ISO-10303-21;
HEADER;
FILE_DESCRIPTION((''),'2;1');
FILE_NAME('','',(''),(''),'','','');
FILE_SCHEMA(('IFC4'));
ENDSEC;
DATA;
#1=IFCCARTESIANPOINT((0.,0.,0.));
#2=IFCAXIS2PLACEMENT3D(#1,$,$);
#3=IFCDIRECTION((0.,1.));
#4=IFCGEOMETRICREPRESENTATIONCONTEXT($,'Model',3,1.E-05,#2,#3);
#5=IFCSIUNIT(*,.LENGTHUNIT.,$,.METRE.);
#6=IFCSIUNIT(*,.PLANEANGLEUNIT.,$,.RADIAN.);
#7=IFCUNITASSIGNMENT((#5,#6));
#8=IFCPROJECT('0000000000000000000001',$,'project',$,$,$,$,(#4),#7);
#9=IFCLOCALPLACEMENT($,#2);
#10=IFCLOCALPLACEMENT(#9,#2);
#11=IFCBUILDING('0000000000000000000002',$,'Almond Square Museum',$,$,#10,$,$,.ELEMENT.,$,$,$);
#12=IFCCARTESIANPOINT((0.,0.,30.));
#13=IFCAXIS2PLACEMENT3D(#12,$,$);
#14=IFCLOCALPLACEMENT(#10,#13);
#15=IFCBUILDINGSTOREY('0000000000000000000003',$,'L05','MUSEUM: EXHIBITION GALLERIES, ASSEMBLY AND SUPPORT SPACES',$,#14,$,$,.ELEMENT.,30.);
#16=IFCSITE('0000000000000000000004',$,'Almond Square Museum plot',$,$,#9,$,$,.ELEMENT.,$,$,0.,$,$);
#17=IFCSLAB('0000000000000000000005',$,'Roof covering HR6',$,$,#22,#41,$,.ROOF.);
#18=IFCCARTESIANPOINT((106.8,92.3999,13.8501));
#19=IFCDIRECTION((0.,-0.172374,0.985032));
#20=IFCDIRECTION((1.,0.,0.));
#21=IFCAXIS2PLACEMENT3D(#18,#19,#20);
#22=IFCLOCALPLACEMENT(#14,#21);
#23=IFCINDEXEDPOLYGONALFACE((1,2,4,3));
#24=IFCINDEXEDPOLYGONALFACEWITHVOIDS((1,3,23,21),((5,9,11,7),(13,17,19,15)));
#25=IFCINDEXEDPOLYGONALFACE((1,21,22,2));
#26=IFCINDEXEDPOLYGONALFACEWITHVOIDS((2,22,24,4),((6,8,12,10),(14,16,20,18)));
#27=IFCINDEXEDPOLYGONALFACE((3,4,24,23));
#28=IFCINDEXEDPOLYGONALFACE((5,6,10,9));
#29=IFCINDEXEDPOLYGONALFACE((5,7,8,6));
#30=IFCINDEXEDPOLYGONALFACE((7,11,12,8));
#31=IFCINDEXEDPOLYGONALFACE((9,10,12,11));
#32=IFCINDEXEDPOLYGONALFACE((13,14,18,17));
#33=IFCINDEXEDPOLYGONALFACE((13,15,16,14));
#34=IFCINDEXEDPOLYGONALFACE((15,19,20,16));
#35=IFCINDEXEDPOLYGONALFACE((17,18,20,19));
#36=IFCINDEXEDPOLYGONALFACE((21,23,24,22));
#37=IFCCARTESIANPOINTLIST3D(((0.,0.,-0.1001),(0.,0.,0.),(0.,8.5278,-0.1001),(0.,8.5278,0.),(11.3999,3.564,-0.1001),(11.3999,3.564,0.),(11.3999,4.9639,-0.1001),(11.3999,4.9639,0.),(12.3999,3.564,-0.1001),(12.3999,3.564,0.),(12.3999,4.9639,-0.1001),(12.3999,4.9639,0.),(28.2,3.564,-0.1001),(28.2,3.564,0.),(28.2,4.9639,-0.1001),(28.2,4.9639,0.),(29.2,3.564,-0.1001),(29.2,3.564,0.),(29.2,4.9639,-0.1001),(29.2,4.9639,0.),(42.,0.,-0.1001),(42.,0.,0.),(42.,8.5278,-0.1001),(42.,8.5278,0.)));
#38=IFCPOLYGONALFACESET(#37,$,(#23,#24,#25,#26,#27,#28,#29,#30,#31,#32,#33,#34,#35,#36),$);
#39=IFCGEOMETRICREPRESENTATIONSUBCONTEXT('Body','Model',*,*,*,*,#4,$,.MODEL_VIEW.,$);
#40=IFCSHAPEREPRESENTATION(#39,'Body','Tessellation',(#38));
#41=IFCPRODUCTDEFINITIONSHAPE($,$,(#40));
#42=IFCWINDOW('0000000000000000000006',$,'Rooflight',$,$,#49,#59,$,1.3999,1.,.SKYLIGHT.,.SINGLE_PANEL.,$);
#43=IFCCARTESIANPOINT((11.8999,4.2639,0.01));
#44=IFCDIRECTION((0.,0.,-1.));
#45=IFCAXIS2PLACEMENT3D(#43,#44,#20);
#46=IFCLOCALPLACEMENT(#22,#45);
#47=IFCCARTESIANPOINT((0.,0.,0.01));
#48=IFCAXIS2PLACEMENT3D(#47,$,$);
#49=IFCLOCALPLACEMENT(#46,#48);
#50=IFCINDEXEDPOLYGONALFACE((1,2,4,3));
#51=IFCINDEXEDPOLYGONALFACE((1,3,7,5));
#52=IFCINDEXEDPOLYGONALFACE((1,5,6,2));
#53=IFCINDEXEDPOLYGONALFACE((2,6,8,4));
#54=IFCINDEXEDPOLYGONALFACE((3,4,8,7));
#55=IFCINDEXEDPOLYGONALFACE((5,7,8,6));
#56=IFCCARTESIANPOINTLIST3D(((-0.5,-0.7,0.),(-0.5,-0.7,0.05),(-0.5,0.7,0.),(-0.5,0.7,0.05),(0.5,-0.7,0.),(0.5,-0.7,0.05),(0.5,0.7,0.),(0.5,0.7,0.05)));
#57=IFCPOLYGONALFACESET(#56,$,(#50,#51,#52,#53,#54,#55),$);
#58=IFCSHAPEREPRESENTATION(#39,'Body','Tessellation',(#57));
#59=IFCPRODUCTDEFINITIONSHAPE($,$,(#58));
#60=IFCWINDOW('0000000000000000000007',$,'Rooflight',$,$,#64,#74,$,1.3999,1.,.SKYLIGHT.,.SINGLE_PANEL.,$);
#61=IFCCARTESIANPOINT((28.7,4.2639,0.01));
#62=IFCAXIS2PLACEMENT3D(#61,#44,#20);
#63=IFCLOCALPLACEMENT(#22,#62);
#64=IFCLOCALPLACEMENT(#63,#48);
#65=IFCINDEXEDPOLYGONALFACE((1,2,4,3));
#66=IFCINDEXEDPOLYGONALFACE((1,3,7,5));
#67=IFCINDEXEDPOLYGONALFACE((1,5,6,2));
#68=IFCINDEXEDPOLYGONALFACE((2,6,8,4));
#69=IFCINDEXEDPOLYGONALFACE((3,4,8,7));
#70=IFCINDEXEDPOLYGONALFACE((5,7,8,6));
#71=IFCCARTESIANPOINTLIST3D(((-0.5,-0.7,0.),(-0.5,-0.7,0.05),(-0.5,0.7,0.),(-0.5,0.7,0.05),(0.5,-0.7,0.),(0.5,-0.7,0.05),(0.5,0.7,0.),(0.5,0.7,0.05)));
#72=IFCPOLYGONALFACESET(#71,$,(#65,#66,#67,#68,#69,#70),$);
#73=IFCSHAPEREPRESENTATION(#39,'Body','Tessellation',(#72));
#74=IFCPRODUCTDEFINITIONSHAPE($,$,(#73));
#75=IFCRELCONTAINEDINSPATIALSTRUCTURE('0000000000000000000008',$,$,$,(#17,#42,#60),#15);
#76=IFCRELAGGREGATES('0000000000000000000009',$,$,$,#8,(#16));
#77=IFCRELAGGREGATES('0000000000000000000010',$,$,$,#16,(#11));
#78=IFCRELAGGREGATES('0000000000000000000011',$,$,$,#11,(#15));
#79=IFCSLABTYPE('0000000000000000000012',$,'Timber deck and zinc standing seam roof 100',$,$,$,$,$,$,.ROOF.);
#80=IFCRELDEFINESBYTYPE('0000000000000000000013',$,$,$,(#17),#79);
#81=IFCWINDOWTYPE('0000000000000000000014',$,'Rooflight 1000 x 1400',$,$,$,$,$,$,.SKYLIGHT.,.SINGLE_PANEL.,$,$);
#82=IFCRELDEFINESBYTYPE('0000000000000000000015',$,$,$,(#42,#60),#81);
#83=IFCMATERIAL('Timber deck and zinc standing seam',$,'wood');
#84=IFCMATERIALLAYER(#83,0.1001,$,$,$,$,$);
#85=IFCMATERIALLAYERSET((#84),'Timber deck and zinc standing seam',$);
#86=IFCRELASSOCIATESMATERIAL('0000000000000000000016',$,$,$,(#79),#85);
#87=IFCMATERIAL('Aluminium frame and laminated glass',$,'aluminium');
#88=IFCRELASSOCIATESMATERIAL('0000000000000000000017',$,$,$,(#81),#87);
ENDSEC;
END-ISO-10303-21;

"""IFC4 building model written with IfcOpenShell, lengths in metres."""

from ifc_helpers import new_model, si_unit, direction, frame, origin, origin_2d, place, context, subcontext, project, spatial, polyline, rectangle, outline, extrude, material, layer, layer_set, type_object, element, fill, save


model = new_model("IFC4")

# Units and contexts
model_context = context("Model", 3, precision=1e-05, world=origin(), true_north=direction((0.0, 1.0)))
body_context = subcontext(model_context, "Body", "Model", "MODEL_VIEW")
ifc_project = project(units=[si_unit("LENGTHUNIT", "METRE"), si_unit("PLANEANGLEUNIT", "RADIAN")], contexts=[model_context])

# Site, building, storey
site_placement = place(None, origin())
site = spatial("IfcSite", under=ifc_project, at=site_placement, Name="Almond Square Museum plot", CompositionType="ELEMENT", RefElevation=0.0)
building_placement = place(site_placement, origin())
building = spatial("IfcBuilding", under=site, at=building_placement, Name="Almond Square Museum", CompositionType="ELEMENT")
storey_placement = place(building_placement, frame((0.0, 0.0, 30.0)))
storey = spatial("IfcBuildingStorey", under=building, at=storey_placement, Name="L05", Description="MUSEUM: EXHIBITION GALLERIES, ASSEMBLY AND SUPPORT SPACES", CompositionType="ELEMENT", Elevation=30.0)

# Slab, openings, windows
ifc_material_1 = material(Name="Timber deck and zinc standing seam", Category="wood")
ifc_layer_1 = layer(ifc_material_1, 0.1001)
ifc_layer_set_1 = layer_set([ifc_layer_1], Name="Timber deck and zinc standing seam")
slab_type = type_object("IfcSlabType", Name="Timber deck and zinc standing seam roof 100", PredefinedType="ROOF", material=ifc_layer_set_1)
slab_1_placement = place(storey_placement, frame((106.8, 92.3999, 13.8501), z_axis=(0.0, -0.172374, 0.985032), x_axis=(1.0, 0.0, 0.0)))
slab_1 = element("IfcSlab", 1, at=slab_1_placement, inside=storey, type_object=slab_type, Name="Roof covering HR6", PredefinedType="ROOF", context=body_context, shape_type="SweptSolid", body=[
    extrude(outline(polyline([(0.0, 0.0), (42.0, 0.0), (42.0, 8.5278), (0.0, 8.5278), (0.0, 0.0)])), origin(), (0.0, 0.0, -1.0), 0.1001),
])
opening_1_placement = place(slab_1_placement, frame((11.8999, 4.2639, 0.01), z_axis=(0.0, 0.0, -1.0), x_axis=(1.0, 0.0, 0.0)))
opening_1 = element("IfcOpeningElement", 2, at=opening_1_placement, cuts=slab_1, PredefinedType="OPENING", context=body_context, shape_type="SweptSolid", body=[
    extrude(rectangle(XDim=1.0, YDim=1.3999, at=origin_2d()), origin(), (0.0, 0.0, 1.0), 0.1201),
])
opening_2_placement = place(slab_1_placement, frame((28.7, 4.2639, 0.01), z_axis=(0.0, 0.0, -1.0), x_axis=(1.0, 0.0, 0.0)))
opening_2 = element("IfcOpeningElement", 3, at=opening_2_placement, cuts=slab_1, PredefinedType="OPENING", context=body_context, shape_type="SweptSolid", body=[
    extrude(rectangle(XDim=1.0, YDim=1.3999, at=origin_2d()), origin(), (0.0, 0.0, 1.0), 0.1201),
])
ifc_material_2 = material(Name="Aluminium frame and laminated glass", Category="aluminium")
window_type = type_object("IfcWindowType", Name="Rooflight 1000 x 1400", PartitioningType="SINGLE_PANEL", PredefinedType="SKYLIGHT", material=ifc_material_2)
window_1_placement = place(opening_1_placement, frame((0.0, 0.0, 0.01)))
window_1 = element("IfcWindow", 4, at=window_1_placement, inside=storey, type_object=window_type, Name="Rooflight", OverallHeight=1.3999, OverallWidth=1.0, PartitioningType="SINGLE_PANEL", PredefinedType="SKYLIGHT", context=body_context, shape_type="SweptSolid", body=[
    extrude(rectangle(XDim=1.0, YDim=1.3999, at=origin_2d()), origin(), (0.0, 0.0, 1.0), 0.05),
])
fill(opening_1, window_1)
window_2_placement = place(opening_2_placement, frame((0.0, 0.0, 0.01)))
window_2 = element("IfcWindow", 5, at=window_2_placement, inside=storey, type_object=window_type, Name="Rooflight", OverallHeight=1.3999, OverallWidth=1.0, PartitioningType="SINGLE_PANEL", PredefinedType="SKYLIGHT", context=body_context, shape_type="SweptSolid", body=[
    extrude(rectangle(XDim=1.0, YDim=1.3999, at=origin_2d()), origin(), (0.0, 0.0, 1.0), 0.05),
])
fill(opening_2, window_2)

save(model, "model.ifc")
